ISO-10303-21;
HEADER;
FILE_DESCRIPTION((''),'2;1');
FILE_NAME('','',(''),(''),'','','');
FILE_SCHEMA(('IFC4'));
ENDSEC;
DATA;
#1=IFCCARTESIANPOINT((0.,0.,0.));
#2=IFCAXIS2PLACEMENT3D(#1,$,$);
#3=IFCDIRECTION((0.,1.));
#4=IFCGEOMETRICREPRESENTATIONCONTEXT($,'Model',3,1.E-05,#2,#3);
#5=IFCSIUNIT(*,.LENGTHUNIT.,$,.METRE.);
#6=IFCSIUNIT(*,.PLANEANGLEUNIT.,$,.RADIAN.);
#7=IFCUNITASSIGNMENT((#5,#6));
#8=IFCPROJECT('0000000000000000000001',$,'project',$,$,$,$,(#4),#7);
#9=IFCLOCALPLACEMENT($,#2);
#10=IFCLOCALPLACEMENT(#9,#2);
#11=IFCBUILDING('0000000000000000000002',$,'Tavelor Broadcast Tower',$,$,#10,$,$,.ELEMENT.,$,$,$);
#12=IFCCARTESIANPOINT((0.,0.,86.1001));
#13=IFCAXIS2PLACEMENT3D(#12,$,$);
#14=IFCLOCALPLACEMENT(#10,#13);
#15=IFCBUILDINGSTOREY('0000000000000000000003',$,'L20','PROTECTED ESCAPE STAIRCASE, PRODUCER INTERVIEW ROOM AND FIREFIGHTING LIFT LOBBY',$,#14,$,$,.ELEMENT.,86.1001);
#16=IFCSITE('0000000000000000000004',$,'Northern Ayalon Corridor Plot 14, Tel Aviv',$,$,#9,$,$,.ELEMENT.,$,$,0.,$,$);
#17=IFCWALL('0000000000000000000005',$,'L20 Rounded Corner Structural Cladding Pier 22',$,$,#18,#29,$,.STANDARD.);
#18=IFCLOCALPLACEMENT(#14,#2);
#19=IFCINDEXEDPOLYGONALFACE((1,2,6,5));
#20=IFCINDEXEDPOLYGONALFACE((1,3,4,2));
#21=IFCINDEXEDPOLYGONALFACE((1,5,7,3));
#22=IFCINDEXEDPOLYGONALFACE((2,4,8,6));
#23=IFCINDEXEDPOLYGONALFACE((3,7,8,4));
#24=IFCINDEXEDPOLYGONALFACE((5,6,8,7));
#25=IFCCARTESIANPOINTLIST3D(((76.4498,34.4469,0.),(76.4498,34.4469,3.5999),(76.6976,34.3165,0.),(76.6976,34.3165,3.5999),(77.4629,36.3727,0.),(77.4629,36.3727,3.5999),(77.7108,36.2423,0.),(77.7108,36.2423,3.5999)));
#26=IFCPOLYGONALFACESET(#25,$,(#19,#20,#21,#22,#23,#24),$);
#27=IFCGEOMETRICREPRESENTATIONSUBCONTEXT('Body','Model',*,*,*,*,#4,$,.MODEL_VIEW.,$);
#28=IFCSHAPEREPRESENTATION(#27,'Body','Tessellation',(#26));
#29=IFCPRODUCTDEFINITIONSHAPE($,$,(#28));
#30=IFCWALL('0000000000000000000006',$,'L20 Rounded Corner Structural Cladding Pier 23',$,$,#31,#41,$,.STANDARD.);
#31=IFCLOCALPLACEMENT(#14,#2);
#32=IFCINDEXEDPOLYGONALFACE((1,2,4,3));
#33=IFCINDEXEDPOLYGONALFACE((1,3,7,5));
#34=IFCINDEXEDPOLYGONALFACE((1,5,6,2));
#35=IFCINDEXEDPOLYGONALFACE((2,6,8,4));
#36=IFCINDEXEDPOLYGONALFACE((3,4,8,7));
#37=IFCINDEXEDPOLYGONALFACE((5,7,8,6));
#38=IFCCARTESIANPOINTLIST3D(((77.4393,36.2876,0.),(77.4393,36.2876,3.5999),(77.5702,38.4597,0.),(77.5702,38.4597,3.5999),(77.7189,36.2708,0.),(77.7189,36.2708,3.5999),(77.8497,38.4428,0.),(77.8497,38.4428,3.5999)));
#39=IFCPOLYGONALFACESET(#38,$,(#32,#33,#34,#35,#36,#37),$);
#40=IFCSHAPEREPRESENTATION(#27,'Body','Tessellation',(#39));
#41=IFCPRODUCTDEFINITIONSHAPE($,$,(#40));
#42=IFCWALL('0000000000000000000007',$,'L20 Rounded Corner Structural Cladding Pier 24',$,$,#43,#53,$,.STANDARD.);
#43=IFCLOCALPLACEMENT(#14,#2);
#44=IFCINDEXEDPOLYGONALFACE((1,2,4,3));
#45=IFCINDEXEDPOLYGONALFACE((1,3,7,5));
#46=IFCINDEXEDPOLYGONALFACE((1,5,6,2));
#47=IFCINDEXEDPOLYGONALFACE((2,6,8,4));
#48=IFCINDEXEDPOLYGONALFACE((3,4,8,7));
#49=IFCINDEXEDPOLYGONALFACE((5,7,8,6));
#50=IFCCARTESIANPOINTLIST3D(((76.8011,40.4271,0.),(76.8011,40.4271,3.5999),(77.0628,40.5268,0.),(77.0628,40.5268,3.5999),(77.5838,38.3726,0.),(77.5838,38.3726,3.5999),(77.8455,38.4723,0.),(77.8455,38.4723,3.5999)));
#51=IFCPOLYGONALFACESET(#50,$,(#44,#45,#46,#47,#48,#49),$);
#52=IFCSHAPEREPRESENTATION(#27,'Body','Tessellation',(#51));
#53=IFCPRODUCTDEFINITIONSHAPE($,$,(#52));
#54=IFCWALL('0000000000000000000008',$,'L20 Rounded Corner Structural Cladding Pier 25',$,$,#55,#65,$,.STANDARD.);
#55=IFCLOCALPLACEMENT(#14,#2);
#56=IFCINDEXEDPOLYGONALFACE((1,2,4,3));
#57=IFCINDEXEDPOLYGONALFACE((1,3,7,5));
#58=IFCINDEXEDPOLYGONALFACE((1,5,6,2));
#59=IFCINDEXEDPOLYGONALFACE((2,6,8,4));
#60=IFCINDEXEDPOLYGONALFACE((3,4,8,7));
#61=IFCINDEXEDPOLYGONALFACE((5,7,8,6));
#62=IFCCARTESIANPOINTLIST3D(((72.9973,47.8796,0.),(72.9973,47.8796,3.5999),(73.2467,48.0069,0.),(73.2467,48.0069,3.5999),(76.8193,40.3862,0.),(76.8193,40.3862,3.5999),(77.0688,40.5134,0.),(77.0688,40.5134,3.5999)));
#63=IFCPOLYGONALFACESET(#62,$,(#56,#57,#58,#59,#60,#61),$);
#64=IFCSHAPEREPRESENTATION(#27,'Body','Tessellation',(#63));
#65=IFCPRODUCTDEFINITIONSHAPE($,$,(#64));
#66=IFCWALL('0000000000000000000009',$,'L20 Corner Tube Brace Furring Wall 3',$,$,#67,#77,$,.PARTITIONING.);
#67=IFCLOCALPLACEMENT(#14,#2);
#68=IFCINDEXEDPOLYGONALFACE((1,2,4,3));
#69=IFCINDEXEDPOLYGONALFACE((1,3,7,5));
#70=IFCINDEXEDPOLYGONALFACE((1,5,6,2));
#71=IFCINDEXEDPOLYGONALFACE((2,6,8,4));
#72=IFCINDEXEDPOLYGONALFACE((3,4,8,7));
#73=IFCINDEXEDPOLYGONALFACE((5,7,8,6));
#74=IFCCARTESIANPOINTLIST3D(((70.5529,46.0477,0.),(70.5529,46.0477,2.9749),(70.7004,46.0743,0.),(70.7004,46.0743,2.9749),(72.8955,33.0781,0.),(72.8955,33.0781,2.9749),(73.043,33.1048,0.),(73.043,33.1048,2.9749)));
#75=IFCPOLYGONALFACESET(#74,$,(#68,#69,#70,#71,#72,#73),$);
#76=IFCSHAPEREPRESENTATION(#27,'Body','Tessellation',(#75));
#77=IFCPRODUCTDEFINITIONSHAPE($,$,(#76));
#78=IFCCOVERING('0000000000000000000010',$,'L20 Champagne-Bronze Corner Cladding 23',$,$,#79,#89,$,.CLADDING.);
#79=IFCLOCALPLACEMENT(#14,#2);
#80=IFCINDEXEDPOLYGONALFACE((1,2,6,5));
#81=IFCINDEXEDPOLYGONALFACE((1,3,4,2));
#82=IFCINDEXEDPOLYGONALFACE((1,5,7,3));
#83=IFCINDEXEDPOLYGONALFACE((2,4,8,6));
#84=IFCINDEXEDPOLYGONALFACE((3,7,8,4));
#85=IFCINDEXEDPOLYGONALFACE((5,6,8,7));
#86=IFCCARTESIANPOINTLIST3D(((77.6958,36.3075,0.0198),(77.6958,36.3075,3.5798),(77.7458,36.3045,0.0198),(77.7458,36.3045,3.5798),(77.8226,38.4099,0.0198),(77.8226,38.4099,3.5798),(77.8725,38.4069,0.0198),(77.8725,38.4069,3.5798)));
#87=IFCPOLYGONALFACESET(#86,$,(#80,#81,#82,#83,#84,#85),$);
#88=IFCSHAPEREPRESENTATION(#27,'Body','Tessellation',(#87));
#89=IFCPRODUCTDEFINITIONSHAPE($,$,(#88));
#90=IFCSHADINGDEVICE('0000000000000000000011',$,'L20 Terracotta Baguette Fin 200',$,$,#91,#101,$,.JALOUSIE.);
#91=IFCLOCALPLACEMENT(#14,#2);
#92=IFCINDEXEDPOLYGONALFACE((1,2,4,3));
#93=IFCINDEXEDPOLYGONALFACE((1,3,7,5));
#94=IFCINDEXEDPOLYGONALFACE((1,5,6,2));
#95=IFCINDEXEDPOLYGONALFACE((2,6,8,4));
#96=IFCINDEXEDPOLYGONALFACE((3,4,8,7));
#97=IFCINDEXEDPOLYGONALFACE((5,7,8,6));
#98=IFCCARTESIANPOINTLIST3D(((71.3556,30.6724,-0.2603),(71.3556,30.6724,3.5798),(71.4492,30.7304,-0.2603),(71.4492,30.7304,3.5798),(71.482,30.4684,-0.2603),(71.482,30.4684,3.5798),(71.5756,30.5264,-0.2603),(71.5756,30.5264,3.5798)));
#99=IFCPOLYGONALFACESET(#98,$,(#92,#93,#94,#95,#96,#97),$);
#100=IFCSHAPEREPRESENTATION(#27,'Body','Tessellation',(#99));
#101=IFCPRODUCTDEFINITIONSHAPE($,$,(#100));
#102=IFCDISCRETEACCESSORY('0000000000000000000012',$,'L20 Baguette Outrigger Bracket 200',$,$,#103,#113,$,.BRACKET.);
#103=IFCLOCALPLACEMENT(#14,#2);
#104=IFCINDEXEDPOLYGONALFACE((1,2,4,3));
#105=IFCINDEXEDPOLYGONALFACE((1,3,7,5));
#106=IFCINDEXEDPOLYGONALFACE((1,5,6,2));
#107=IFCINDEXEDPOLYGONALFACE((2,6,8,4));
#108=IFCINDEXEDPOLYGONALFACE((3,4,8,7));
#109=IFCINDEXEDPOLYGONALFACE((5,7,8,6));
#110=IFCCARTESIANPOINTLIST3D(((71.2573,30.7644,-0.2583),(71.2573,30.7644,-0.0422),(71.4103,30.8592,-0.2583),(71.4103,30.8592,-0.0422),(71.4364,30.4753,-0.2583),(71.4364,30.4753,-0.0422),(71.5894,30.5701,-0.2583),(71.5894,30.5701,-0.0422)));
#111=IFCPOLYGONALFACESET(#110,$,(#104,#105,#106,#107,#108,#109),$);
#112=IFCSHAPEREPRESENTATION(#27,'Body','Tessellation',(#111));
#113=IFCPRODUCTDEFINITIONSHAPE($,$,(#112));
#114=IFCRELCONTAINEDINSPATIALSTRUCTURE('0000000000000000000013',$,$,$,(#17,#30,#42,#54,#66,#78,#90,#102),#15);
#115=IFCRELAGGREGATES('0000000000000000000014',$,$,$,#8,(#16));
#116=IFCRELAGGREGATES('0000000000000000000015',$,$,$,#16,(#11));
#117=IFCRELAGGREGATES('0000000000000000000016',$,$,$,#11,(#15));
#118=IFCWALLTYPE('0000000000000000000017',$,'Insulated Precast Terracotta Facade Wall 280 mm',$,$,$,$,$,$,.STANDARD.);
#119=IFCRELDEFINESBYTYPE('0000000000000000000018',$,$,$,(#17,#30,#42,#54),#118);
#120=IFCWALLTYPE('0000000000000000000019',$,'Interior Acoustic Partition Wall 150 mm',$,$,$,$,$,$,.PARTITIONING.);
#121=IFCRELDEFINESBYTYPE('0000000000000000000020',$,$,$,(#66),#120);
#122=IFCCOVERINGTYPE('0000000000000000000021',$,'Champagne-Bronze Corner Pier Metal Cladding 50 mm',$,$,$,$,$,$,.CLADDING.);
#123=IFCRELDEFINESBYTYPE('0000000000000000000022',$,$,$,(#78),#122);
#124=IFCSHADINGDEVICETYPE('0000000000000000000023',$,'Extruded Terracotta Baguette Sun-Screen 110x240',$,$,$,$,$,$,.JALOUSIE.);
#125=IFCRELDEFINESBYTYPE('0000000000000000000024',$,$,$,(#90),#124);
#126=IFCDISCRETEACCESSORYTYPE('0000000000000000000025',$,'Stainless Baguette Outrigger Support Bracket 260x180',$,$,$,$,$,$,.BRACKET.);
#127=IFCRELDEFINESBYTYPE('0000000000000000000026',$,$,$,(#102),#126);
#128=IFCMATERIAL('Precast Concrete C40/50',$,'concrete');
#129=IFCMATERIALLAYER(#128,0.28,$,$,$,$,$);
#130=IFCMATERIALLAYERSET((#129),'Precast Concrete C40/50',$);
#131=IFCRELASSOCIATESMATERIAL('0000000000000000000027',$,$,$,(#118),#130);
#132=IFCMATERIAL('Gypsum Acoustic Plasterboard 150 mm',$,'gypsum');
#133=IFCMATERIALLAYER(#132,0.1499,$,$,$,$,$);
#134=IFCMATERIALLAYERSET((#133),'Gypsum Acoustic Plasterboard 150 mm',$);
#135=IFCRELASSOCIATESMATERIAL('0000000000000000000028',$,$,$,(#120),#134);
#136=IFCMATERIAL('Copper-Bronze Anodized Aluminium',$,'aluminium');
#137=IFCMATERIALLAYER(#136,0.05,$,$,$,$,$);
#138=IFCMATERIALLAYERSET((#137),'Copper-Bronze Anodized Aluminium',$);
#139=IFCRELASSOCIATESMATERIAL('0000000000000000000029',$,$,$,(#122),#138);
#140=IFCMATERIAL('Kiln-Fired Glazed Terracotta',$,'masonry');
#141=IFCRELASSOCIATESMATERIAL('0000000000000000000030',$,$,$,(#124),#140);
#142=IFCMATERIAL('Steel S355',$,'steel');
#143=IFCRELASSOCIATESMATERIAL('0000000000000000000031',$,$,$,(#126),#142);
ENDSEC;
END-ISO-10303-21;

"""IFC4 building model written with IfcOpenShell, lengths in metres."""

from ifc_helpers import new_model, si_unit, direction, frame, frame_2d, origin, origin_2d, place, context, subcontext, project, spatial, rectangle, extrude, source, transform, mapped, material, layer, layer_set, type_object, type_shapes, element, save


model = new_model("IFC4")

# Units and contexts
model_context = context("Model", 3, precision=1e-05, world=origin(), true_north=direction((0.0, 1.0)))
body_context = subcontext(model_context, "Body", "Model", "MODEL_VIEW")
ifc_project = project(units=[si_unit("LENGTHUNIT", "METRE"), si_unit("PLANEANGLEUNIT", "RADIAN")], contexts=[model_context])

# Site, building, storey
site_placement = place(None, origin())
site = spatial("IfcSite", under=ifc_project, at=site_placement, Name="Northern Ayalon Corridor Plot 14, Tel Aviv", CompositionType="ELEMENT", RefElevation=0.0)
building_placement = place(site_placement, origin())
building = spatial("IfcBuilding", under=site, at=building_placement, Name="Tavelor Broadcast Tower", CompositionType="ELEMENT")
storey_placement = place(building_placement, frame((0.0, 0.0, 86.1001)))
storey = spatial("IfcBuildingStorey", under=building, at=storey_placement, Name="L20", Description="PROTECTED ESCAPE STAIRCASE, PRODUCER INTERVIEW ROOM AND FIREFIGHTING LIFT LOBBY", CompositionType="ELEMENT", Elevation=86.1001)

# Shared definitions
ifc_material_1 = material(Name="Steel S355", Category="steel")

# Walls
ifc_material_2 = material(Name="Precast Concrete C40/50", Category="concrete")
ifc_layer_1 = layer(ifc_material_2, 0.28)
ifc_layer_set_1 = layer_set([ifc_layer_1], Name="Precast Concrete C40/50")
wall_type_1 = type_object("IfcWallType", Name="Insulated Precast Terracotta Facade Wall 280 mm", PredefinedType="STANDARD", material=ifc_layer_set_1)
for number, where, z_axis, x_axis, name in (
    (1, (76.5737, 34.3818, 0.0), (0.0, 0.0, 1.0), (0.465608, 0.884991, 0.0), "L20 Rounded Corner Structural Cladding Pier 22"),
    (2, (77.5791, 36.2793, 0.0), (0.0, 0.0, 1.0), (0.060136, 0.99819, 0.0), "L20 Rounded Corner Structural Cladding Pier 23"),
):
    element("IfcWall", number, at=place(storey_placement, frame(where, z_axis=z_axis, x_axis=x_axis)), inside=storey, type_object=wall_type_1, Name=name, PredefinedType="STANDARD", context=body_context, shape_type="SweptSolid", body=[
        extrude(rectangle(XDim=2.176, YDim=0.28, at=frame_2d((1.0879, 0.0))), origin(), (0.0, 0.0, 1.0), 3.5999),
    ])
wall_1_placement = place(storey_placement, frame((77.7146, 38.4226, 0.0), z_axis=(0.0, 0.0, 1.0), x_axis=(-0.356023, 0.934477, 0.0)))
element("IfcWall", 3, at=wall_1_placement, inside=storey, type_object=wall_type_1, Name="L20 Rounded Corner Structural Cladding Pier 24", PredefinedType="STANDARD", context=body_context, shape_type="SweptSolid", body=[
    extrude(rectangle(XDim=2.1985, YDim=0.28, at=frame_2d((1.0991, 0.0))), origin(), (0.0, 0.0, 1.0), 3.5999),
])
wall_2_placement = place(storey_placement, frame((76.9441, 40.4497, 0.0), z_axis=(0.0, 0.0, 1.0), x_axis=(-0.454362, 0.890817, 0.0)))
element("IfcWall", 4, at=wall_2_placement, inside=storey, type_object=wall_type_1, Name="L20 Rounded Corner Structural Cladding Pier 25", PredefinedType="STANDARD", context=body_context, shape_type="SweptSolid", body=[
    extrude(rectangle(XDim=8.4119, YDim=0.28, at=frame_2d((4.2061, 0.0))), origin(), (0.0, 0.0, 1.0), 3.5999),
])
ifc_material_3 = material(Name="Gypsum Acoustic Plasterboard 150 mm", Category="gypsum")
ifc_layer_2 = layer(ifc_material_3, 0.1499)
ifc_layer_set_2 = layer_set([ifc_layer_2], Name="Gypsum Acoustic Plasterboard 150 mm")
wall_type_2 = type_object("IfcWallType", Name="Interior Acoustic Partition Wall 150 mm", PredefinedType="PARTITIONING", material=ifc_layer_set_2)
wall_3_placement = place(storey_placement, frame((72.9692, 33.0913, 0.0), z_axis=(0.0, 0.0, 1.0), x_axis=(-0.177743, 0.984077, 0.0)))
element("IfcWall", 5, at=wall_3_placement, inside=storey, type_object=wall_type_2, Name="L20 Corner Tube Brace Furring Wall 3", PredefinedType="PARTITIONING", context=body_context, shape_type="SweptSolid", body=[
    extrude(rectangle(XDim=13.1794, YDim=0.1499, at=frame_2d((6.5898, 0.0))), origin(), (0.0, 0.0, 1.0), 2.9749),
])

# Covering
ifc_material_4 = material(Name="Copper-Bronze Anodized Aluminium", Category="aluminium")
ifc_layer_3 = layer(ifc_material_4, 0.05)
ifc_layer_set_3 = layer_set([ifc_layer_3], Name="Copper-Bronze Anodized Aluminium")
covering_type = type_object("IfcCoveringType", Name="Champagne-Bronze Corner Pier Metal Cladding 50 mm", PredefinedType="CLADDING", material=ifc_layer_set_3)
covering_placement = place(storey_placement, frame((77.7842, 37.3572, 0.0198), z_axis=(0.0, 0.0, 1.0), x_axis=(0.060177, 0.998188, 0.0)))
element("IfcCovering", 6, at=covering_placement, inside=storey, type_object=covering_type, Name="L20 Champagne-Bronze Corner Cladding 23", PredefinedType="CLADDING", context=body_context, shape_type="SweptSolid", body=[
    extrude(rectangle(XDim=2.1062, YDim=0.05, at=origin_2d()), origin(), (0.0, 0.0, 1.0), 3.5601),
])

# Shading device
ifc_material_5 = material(Name="Kiln-Fired Glazed Terracotta", Category="masonry")
shading_device_type = type_object("IfcShadingDeviceType", Name="Extruded Terracotta Baguette Sun-Screen 110x240", PredefinedType="JALOUSIE", material=ifc_material_5)
shared_shape_1 = source(origin(), body_context, "Body", "SweptSolid", [
    extrude(rectangle(XDim=0.1101, YDim=0.24, at=origin_2d()), origin(), (0.0, 0.0, 1.0), 3.8401),
])
type_shapes(shading_device_type, [shared_shape_1])
shading_device_placement = place(storey_placement, frame((71.4656, 30.5994, -0.2603), z_axis=(0.0, 0.0, 1.0), x_axis=(0.850077, 0.526659, 0.0)))
element("IfcShadingDevice", 7, at=shading_device_placement, inside=storey, type_object=shading_device_type, Name="L20 Terracotta Baguette Fin 200", PredefinedType="JALOUSIE", context=body_context, shape_type="MappedRepresentation", body=[
    mapped(shared_shape_1, transform((0.0, 0.0, 0.0), scale=1.0)),
])

# Discrete accessory
discrete_accessory_type = type_object("IfcDiscreteAccessoryType", Name="Stainless Baguette Outrigger Support Bracket 260x180", PredefinedType="BRACKET", material=ifc_material_1)
shared_shape_2 = source(origin(), body_context, "Body", "SweptSolid", [
    extrude(rectangle(XDim=0.1799, YDim=0.3401, at=origin_2d()), origin(), (0.0, 0.0, 1.0), 0.2161),
])
type_shapes(discrete_accessory_type, [shared_shape_2])
discrete_accessory_placement = place(storey_placement, frame((71.4233, 30.6672, -0.2583), z_axis=(0.0, 0.0, 1.0), x_axis=(0.850077, 0.526659, 0.0)))
element("IfcDiscreteAccessory", 8, at=discrete_accessory_placement, inside=storey, type_object=discrete_accessory_type, Name="L20 Baguette Outrigger Bracket 200", PredefinedType="BRACKET", context=body_context, shape_type="MappedRepresentation", body=[
    mapped(shared_shape_2, transform((0.0, 0.0, 0.0), scale=1.0)),
])

save(model, "model.ifc")
